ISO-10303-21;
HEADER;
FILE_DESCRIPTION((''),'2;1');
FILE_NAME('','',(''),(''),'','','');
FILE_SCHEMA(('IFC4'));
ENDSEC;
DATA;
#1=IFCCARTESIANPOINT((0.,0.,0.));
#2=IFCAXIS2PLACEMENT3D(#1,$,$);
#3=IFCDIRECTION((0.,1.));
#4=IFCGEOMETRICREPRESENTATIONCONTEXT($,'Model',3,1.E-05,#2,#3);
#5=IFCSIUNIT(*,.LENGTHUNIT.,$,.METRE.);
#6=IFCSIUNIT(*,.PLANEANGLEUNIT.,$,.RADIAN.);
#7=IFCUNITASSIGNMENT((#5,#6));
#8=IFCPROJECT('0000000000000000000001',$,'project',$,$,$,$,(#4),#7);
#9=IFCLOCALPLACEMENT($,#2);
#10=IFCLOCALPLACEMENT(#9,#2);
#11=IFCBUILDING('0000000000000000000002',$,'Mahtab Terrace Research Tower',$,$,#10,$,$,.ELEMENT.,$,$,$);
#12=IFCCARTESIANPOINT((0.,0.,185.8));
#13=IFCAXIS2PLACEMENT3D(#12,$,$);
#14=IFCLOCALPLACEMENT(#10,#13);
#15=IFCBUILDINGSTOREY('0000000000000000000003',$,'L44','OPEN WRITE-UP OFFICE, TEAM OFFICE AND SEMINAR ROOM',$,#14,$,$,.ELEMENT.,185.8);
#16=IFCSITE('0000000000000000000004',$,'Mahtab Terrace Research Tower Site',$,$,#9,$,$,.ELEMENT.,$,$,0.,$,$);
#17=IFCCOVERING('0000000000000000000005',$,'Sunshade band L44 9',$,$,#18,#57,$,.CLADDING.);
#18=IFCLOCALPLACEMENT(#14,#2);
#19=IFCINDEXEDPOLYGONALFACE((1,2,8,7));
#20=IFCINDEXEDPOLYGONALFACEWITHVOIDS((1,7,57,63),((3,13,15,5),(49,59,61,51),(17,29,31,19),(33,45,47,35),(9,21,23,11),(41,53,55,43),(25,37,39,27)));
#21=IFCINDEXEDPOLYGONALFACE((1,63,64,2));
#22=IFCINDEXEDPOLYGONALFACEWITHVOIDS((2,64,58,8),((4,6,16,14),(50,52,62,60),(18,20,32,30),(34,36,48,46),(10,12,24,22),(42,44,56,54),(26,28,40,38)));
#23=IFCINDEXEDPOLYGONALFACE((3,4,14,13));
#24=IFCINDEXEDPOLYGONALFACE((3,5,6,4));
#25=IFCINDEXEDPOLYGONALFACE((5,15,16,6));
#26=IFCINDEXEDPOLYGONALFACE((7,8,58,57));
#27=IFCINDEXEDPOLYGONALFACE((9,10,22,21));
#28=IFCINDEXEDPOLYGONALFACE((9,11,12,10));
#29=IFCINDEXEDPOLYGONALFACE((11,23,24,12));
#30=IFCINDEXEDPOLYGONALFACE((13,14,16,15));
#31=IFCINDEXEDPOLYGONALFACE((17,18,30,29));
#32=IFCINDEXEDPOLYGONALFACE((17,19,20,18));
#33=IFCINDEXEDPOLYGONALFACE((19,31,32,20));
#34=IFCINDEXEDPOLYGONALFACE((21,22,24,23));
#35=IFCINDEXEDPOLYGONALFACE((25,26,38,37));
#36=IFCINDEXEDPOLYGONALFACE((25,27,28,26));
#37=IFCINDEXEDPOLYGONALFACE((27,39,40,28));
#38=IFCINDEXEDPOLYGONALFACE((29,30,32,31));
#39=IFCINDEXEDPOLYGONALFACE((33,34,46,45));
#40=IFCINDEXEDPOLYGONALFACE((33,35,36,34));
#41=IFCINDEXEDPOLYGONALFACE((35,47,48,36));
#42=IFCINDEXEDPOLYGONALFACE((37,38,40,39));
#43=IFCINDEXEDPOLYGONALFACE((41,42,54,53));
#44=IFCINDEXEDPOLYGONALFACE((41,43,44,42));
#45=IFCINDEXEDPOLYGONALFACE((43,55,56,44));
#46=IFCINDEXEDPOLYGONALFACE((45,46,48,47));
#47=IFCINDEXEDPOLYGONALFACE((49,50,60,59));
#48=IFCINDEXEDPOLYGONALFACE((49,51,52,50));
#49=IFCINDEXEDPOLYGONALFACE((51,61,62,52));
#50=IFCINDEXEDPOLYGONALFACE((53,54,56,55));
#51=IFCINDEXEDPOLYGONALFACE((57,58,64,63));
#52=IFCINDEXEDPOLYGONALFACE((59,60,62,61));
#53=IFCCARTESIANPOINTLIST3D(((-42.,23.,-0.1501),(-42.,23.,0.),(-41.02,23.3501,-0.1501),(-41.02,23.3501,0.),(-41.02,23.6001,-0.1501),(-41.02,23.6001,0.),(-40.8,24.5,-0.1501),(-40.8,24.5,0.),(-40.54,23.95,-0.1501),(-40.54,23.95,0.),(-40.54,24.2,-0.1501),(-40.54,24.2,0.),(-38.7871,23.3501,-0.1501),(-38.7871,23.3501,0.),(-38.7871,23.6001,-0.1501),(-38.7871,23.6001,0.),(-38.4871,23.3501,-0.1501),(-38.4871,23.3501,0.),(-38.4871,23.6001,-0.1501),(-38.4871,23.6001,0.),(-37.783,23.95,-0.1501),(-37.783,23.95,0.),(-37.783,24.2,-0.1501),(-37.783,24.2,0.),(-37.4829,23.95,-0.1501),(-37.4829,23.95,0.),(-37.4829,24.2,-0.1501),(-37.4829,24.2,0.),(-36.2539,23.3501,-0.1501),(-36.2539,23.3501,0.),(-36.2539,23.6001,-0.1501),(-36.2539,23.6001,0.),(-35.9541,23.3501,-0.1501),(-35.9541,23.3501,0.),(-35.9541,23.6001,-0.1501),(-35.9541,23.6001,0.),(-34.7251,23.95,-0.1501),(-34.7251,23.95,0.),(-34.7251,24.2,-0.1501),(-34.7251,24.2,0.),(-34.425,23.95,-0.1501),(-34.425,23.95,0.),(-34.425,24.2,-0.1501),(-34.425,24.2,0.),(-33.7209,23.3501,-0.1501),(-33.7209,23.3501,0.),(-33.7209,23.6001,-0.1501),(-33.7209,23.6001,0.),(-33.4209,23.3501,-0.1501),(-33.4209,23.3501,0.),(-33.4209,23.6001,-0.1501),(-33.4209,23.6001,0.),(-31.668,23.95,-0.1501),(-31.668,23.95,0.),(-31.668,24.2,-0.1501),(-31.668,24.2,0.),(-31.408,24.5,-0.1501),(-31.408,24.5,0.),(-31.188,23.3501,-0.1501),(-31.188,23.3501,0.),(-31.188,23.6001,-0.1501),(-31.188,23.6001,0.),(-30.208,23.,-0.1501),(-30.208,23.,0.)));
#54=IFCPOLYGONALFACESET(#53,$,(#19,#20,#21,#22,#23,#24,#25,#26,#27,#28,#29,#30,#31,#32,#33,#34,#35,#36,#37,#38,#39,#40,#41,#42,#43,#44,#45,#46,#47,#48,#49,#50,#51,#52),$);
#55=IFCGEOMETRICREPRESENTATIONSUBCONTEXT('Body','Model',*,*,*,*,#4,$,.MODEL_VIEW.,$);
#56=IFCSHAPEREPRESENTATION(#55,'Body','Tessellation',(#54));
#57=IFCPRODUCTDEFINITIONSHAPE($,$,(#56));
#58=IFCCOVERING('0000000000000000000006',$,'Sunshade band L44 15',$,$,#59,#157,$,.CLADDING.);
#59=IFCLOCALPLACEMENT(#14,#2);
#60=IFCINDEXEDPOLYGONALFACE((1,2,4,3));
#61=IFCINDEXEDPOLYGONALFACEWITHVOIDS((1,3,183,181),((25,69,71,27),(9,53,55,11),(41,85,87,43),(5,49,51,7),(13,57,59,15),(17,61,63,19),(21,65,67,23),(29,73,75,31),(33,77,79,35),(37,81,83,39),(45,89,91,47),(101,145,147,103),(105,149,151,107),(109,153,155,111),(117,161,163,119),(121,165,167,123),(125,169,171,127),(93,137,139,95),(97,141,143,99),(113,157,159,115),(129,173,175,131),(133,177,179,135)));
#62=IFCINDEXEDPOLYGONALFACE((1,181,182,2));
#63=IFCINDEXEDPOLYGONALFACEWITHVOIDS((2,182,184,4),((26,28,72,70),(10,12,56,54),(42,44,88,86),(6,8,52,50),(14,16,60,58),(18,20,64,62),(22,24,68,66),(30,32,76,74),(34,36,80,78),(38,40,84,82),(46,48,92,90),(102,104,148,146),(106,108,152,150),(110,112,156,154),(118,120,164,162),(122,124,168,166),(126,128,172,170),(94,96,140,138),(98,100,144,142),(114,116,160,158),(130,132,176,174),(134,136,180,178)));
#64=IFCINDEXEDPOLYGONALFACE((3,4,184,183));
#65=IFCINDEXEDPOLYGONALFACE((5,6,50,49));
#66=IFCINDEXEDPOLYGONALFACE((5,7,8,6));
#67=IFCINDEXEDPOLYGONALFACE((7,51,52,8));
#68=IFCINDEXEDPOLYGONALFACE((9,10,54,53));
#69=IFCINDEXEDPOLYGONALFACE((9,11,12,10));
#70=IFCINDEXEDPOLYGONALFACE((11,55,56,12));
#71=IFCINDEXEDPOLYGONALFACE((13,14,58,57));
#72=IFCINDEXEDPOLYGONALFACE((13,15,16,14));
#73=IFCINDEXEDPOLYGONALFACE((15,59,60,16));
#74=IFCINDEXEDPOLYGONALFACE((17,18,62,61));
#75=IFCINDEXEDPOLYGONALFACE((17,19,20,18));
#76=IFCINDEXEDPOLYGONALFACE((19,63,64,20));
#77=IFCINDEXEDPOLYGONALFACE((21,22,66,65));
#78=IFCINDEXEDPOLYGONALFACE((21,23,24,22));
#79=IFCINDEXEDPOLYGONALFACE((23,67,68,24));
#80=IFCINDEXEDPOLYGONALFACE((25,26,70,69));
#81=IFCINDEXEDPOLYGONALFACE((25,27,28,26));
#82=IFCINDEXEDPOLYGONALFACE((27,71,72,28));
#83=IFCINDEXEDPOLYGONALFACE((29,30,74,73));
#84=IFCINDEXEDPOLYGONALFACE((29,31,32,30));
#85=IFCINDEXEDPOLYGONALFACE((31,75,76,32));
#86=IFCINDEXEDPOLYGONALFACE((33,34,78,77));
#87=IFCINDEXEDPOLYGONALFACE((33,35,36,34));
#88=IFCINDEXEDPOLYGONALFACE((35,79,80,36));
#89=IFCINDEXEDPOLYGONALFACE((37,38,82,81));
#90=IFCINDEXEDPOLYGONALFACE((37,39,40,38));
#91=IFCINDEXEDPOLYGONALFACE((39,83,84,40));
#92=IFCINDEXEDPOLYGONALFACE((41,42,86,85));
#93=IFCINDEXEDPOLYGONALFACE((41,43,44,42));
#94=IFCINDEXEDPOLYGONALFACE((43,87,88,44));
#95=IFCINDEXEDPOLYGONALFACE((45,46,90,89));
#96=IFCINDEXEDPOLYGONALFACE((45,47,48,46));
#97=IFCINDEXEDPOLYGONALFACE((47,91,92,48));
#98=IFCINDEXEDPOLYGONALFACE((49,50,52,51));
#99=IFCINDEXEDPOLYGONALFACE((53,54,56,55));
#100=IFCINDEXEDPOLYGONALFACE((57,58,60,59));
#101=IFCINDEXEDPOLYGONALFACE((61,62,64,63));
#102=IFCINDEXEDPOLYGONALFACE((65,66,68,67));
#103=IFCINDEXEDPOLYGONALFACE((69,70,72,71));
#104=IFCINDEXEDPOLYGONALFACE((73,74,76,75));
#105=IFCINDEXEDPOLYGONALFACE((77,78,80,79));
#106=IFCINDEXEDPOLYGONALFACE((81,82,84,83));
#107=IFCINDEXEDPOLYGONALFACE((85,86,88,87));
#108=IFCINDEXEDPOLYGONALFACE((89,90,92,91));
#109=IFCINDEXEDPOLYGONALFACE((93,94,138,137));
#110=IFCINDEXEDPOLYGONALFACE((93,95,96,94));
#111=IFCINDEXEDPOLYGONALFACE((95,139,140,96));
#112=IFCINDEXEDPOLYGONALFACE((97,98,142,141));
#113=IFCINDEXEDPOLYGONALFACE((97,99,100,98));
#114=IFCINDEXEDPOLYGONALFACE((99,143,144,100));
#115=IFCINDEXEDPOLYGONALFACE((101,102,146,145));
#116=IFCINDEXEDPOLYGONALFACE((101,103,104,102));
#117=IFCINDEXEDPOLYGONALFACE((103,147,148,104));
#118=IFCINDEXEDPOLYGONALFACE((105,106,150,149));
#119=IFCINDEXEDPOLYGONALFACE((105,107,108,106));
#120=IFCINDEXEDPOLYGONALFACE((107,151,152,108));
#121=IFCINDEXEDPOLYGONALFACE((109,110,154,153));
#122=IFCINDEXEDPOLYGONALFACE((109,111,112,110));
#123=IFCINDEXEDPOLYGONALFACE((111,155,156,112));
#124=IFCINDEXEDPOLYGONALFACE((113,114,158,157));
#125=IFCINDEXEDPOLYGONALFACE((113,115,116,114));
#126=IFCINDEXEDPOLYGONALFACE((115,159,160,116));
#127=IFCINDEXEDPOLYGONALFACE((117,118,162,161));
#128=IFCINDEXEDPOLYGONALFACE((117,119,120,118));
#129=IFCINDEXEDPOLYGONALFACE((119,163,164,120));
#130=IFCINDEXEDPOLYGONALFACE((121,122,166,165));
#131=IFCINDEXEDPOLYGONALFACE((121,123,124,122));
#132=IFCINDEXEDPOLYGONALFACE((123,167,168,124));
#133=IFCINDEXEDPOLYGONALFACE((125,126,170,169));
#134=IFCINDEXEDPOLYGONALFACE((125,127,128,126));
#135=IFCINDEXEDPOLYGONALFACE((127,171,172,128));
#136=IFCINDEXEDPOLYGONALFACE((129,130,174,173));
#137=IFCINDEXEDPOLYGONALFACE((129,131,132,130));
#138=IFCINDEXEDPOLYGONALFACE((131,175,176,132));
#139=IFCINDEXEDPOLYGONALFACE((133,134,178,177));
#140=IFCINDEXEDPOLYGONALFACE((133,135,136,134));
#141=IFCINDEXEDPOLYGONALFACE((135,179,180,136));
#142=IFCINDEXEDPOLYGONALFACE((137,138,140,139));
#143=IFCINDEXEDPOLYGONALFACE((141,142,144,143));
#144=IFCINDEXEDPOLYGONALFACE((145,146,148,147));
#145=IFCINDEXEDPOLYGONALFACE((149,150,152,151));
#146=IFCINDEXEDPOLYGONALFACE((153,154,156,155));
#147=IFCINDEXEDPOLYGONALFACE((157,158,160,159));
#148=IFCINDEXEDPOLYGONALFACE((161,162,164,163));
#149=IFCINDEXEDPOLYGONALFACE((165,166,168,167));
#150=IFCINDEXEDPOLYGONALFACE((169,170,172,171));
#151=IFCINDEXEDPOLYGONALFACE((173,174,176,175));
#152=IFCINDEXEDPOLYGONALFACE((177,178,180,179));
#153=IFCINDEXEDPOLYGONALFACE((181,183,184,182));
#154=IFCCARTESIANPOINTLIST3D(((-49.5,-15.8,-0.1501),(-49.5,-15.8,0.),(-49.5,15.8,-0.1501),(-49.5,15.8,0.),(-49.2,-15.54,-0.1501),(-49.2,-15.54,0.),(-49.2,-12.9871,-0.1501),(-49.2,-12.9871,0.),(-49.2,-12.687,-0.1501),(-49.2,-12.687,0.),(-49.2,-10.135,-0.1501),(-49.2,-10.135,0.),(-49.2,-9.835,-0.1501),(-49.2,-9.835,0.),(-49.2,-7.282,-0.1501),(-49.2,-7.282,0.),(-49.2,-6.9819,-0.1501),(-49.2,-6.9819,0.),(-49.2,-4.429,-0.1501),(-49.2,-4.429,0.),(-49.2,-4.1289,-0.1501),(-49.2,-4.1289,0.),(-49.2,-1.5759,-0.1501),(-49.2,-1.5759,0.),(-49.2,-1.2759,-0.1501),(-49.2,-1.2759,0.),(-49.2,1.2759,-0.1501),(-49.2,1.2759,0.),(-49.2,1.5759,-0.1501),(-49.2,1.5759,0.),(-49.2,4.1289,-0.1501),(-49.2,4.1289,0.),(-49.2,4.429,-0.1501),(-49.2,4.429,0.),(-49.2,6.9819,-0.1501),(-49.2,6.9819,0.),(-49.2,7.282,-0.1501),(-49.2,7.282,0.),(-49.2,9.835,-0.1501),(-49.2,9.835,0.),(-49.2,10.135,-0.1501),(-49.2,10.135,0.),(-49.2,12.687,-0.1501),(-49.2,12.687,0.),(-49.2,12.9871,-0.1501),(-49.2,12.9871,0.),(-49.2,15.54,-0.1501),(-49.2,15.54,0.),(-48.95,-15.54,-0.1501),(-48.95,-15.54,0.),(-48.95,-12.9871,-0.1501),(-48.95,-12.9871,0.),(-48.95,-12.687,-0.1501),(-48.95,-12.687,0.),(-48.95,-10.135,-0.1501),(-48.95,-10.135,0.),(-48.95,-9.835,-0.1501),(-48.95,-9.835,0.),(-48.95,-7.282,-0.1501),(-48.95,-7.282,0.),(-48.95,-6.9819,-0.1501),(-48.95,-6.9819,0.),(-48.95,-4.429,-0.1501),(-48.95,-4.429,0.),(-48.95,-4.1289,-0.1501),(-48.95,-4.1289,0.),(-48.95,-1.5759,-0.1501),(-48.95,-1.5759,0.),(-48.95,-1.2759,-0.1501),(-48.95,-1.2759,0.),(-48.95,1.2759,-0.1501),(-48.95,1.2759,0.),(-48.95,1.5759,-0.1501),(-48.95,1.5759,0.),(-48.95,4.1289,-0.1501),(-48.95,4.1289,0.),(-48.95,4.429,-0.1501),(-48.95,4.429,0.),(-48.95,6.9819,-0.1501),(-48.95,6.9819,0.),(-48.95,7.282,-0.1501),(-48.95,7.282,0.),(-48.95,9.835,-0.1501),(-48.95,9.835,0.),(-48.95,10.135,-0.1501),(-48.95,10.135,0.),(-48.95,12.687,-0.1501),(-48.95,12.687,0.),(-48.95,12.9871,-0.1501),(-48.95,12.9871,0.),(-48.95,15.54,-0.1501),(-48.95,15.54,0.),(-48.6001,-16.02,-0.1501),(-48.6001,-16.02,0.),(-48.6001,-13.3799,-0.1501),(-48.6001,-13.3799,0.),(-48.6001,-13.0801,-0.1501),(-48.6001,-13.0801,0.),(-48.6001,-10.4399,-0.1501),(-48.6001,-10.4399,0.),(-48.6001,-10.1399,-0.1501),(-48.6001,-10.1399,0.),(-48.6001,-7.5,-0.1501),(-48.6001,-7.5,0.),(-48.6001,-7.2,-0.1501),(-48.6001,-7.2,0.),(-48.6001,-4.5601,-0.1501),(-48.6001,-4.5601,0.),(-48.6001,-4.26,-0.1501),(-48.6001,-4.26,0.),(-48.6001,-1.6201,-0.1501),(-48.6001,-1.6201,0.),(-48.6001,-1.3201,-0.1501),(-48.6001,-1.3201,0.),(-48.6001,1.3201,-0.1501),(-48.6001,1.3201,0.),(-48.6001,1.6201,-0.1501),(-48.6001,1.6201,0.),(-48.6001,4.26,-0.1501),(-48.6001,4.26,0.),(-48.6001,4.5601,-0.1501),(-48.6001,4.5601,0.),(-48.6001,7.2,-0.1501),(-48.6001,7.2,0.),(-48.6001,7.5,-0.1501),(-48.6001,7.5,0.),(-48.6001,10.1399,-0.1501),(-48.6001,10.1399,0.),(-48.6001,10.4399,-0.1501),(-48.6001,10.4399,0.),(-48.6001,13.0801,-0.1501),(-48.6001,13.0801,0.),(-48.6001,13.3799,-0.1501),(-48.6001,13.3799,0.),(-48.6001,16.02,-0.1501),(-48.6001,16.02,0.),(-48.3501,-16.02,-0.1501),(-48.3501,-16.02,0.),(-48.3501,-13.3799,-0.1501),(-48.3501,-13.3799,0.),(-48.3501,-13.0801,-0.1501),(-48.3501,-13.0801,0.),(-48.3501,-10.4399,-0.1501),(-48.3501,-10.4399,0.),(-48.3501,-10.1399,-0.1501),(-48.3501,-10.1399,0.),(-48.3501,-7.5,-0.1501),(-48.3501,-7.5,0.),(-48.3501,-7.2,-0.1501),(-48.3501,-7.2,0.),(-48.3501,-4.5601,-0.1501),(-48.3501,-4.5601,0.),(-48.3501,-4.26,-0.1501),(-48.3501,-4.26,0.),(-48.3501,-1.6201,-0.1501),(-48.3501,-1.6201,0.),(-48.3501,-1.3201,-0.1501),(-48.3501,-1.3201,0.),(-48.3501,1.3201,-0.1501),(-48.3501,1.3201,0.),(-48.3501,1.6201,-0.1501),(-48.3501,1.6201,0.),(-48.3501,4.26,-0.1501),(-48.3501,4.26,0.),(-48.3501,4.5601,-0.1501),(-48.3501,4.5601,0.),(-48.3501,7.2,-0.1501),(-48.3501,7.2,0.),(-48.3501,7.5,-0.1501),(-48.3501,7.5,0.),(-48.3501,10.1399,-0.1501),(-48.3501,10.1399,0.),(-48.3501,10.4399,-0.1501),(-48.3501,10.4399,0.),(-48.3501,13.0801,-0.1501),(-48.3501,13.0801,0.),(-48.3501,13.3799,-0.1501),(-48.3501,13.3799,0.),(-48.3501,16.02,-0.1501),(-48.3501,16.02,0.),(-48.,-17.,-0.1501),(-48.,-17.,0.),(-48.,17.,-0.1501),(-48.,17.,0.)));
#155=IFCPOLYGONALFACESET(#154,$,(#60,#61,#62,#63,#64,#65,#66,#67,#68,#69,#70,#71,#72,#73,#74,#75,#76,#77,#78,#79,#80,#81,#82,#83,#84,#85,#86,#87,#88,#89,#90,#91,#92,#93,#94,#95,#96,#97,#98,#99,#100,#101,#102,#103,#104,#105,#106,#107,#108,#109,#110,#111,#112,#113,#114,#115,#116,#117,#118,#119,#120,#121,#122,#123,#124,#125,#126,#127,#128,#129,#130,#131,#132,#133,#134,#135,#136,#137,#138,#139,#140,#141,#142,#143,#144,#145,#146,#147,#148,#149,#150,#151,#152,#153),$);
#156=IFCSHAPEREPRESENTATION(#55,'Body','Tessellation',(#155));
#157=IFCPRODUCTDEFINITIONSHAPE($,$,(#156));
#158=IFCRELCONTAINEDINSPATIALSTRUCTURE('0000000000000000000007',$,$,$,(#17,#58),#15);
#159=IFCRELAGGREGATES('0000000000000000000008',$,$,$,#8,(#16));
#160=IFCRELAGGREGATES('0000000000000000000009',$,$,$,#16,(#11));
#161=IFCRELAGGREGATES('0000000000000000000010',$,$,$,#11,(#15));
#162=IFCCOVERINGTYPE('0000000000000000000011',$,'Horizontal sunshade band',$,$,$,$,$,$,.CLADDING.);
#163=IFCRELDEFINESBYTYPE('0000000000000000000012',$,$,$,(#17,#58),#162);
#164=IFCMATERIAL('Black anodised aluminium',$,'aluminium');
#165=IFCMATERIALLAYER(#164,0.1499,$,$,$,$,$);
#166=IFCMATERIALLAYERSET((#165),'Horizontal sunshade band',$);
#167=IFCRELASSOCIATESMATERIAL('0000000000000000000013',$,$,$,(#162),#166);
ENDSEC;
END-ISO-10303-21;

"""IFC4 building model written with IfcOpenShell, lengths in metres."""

from ifc_helpers import new_model, si_unit, direction, frame, origin, place, context, subcontext, project, spatial, polyline, outline, extrude, material, layer, layer_set, type_object, element, save


model = new_model("IFC4")

# Units and contexts
model_context = context("Model", 3, precision=1e-05, world=origin(), true_north=direction((0.0, 1.0)))
body_context = subcontext(model_context, "Body", "Model", "MODEL_VIEW")
ifc_project = project(units=[si_unit("LENGTHUNIT", "METRE"), si_unit("PLANEANGLEUNIT", "RADIAN")], contexts=[model_context])

# Site, building, storey
site_placement = place(None, origin())
site = spatial("IfcSite", under=ifc_project, at=site_placement, Name="Mahtab Terrace Research Tower Site", CompositionType="ELEMENT", RefElevation=0.0)
building_placement = place(site_placement, origin())
building = spatial("IfcBuilding", under=site, at=building_placement, Name="Mahtab Terrace Research Tower", CompositionType="ELEMENT")
storey_placement = place(building_placement, frame((0.0, 0.0, 185.8)))
storey = spatial("IfcBuildingStorey", under=building, at=storey_placement, Name="L44", Description="OPEN WRITE-UP OFFICE, TEAM OFFICE AND SEMINAR ROOM", CompositionType="ELEMENT", Elevation=185.8)

# Coverings
ifc_material_1 = material(Name="Black anodised aluminium", Category="aluminium")
ifc_layer_1 = layer(ifc_material_1, 0.1499)
ifc_layer_set_1 = layer_set([ifc_layer_1], Name="Horizontal sunshade band")
covering_type = type_object("IfcCoveringType", Name="Horizontal sunshade band", PredefinedType="CLADDING", material=ifc_layer_set_1)
covering_1_placement = place(storey_placement, frame((0.0, 0.0, -0.1501)))
element("IfcCovering", 1, at=covering_1_placement, inside=storey, type_object=covering_type, Name="Sunshade band L44 9", PredefinedType="CLADDING", context=body_context, shape_type="SweptSolid", body=[
    extrude(outline(polyline([(-30.208, 23.0), (-42.0, 23.0), (-40.8, 24.5), (-31.408, 24.5), (-30.208, 23.0)]), holes=[polyline([(-31.188, 23.3501), (-33.4209, 23.3501), (-33.4209, 23.6001), (-31.188, 23.6001), (-31.188, 23.3501)]), polyline([(-33.7209, 23.3501), (-35.9541, 23.3501), (-35.9541, 23.6001), (-33.7209, 23.6001), (-33.7209, 23.3501)]), polyline([(-36.2539, 23.3501), (-38.4871, 23.3501), (-38.4871, 23.6001), (-36.2539, 23.6001), (-36.2539, 23.3501)]), polyline([(-38.7871, 23.3501), (-41.02, 23.3501), (-41.02, 23.6001), (-38.7871, 23.6001), (-38.7871, 23.3501)]), polyline([(-31.668, 23.95), (-34.425, 23.95), (-34.425, 24.2), (-31.668, 24.2), (-31.668, 23.95)]), polyline([(-34.7251, 23.95), (-37.4829, 23.95), (-37.4829, 24.2), (-34.7251, 24.2), (-34.7251, 23.95)]), polyline([(-37.783, 23.95), (-40.54, 23.95), (-40.54, 24.2), (-37.783, 24.2), (-37.783, 23.95)])]), origin(), (0.0, 0.0, 1.0), 0.1501),
])
covering_2_placement = place(storey_placement, frame((0.0, 0.0, -0.1501)))
element("IfcCovering", 2, at=covering_2_placement, inside=storey, type_object=covering_type, Name="Sunshade band L44 15", PredefinedType="CLADDING", context=body_context, shape_type="SweptSolid", body=[
    extrude(outline(polyline([(-48.0, 17.0), (-48.0, -17.0), (-49.5, -15.8), (-49.5, 15.8), (-48.0, 17.0)]), holes=[polyline([(-48.3501, 16.02), (-48.3501, 13.3799), (-48.6001, 13.3799), (-48.6001, 16.02), (-48.3501, 16.02)]), polyline([(-48.3501, 13.0801), (-48.3501, 10.4399), (-48.6001, 10.4399), (-48.6001, 13.0801), (-48.3501, 13.0801)]), polyline([(-48.3501, 10.1399), (-48.3501, 7.5), (-48.6001, 7.5), (-48.6001, 10.1399), (-48.3501, 10.1399)]), polyline([(-48.3501, 7.2), (-48.3501, 4.5601), (-48.6001, 4.5601), (-48.6001, 7.2), (-48.3501, 7.2)]), polyline([(-48.3501, 4.26), (-48.3501, 1.6201), (-48.6001, 1.6201), (-48.6001, 4.26), (-48.3501, 4.26)]), polyline([(-48.3501, 1.3201), (-48.3501, -1.3201), (-48.6001, -1.3201), (-48.6001, 1.3201), (-48.3501, 1.3201)]), polyline([(-48.3501, -1.6201), (-48.3501, -4.26), (-48.6001, -4.26), (-48.6001, -1.6201), (-48.3501, -1.6201)]), polyline([(-48.3501, -4.5601), (-48.3501, -7.2), (-48.6001, -7.2), (-48.6001, -4.5601), (-48.3501, -4.5601)]), polyline([(-48.3501, -7.5), (-48.3501, -10.1399), (-48.6001, -10.1399), (-48.6001, -7.5), (-48.3501, -7.5)]), polyline([(-48.3501, -10.4399), (-48.3501, -13.0801), (-48.6001, -13.0801), (-48.6001, -10.4399), (-48.3501, -10.4399)]), polyline([(-48.3501, -13.3799), (-48.3501, -16.02), (-48.6001, -16.02), (-48.6001, -13.3799), (-48.3501, -13.3799)]), polyline([(-48.95, 15.54), (-48.95, 12.9871), (-49.2, 12.9871), (-49.2, 15.54), (-48.95, 15.54)]), polyline([(-48.95, 12.687), (-48.95, 10.135), (-49.2, 10.135), (-49.2, 12.687), (-48.95, 12.687)]), polyline([(-48.95, 9.835), (-48.95, 7.282), (-49.2, 7.282), (-49.2, 9.835), (-48.95, 9.835)]), polyline([(-48.95, 6.9819), (-48.95, 4.429), (-49.2, 4.429), (-49.2, 6.9819), (-48.95, 6.9819)]), polyline([(-48.95, 4.1289), (-48.95, 1.5759), (-49.2, 1.5759), (-49.2, 4.1289), (-48.95, 4.1289)]), polyline([(-48.95, 1.2759), (-48.95, -1.2759), (-49.2, -1.2759), (-49.2, 1.2759), (-48.95, 1.2759)]), polyline([(-48.95, -1.5759), (-48.95, -4.1289), (-49.2, -4.1289), (-49.2, -1.5759), (-48.95, -1.5759)]), polyline([(-48.95, -4.429), (-48.95, -6.9819), (-49.2, -6.9819), (-49.2, -4.429), (-48.95, -4.429)]), polyline([(-48.95, -7.282), (-48.95, -9.835), (-49.2, -9.835), (-49.2, -7.282), (-48.95, -7.282)]), polyline([(-48.95, -10.135), (-48.95, -12.687), (-49.2, -12.687), (-49.2, -10.135), (-48.95, -10.135)]), polyline([(-48.95, -12.9871), (-48.95, -15.54), (-49.2, -15.54), (-49.2, -12.9871), (-48.95, -12.9871)])]), origin(), (0.0, 0.0, 1.0), 0.1501),
])

save(model, "model.ifc")
